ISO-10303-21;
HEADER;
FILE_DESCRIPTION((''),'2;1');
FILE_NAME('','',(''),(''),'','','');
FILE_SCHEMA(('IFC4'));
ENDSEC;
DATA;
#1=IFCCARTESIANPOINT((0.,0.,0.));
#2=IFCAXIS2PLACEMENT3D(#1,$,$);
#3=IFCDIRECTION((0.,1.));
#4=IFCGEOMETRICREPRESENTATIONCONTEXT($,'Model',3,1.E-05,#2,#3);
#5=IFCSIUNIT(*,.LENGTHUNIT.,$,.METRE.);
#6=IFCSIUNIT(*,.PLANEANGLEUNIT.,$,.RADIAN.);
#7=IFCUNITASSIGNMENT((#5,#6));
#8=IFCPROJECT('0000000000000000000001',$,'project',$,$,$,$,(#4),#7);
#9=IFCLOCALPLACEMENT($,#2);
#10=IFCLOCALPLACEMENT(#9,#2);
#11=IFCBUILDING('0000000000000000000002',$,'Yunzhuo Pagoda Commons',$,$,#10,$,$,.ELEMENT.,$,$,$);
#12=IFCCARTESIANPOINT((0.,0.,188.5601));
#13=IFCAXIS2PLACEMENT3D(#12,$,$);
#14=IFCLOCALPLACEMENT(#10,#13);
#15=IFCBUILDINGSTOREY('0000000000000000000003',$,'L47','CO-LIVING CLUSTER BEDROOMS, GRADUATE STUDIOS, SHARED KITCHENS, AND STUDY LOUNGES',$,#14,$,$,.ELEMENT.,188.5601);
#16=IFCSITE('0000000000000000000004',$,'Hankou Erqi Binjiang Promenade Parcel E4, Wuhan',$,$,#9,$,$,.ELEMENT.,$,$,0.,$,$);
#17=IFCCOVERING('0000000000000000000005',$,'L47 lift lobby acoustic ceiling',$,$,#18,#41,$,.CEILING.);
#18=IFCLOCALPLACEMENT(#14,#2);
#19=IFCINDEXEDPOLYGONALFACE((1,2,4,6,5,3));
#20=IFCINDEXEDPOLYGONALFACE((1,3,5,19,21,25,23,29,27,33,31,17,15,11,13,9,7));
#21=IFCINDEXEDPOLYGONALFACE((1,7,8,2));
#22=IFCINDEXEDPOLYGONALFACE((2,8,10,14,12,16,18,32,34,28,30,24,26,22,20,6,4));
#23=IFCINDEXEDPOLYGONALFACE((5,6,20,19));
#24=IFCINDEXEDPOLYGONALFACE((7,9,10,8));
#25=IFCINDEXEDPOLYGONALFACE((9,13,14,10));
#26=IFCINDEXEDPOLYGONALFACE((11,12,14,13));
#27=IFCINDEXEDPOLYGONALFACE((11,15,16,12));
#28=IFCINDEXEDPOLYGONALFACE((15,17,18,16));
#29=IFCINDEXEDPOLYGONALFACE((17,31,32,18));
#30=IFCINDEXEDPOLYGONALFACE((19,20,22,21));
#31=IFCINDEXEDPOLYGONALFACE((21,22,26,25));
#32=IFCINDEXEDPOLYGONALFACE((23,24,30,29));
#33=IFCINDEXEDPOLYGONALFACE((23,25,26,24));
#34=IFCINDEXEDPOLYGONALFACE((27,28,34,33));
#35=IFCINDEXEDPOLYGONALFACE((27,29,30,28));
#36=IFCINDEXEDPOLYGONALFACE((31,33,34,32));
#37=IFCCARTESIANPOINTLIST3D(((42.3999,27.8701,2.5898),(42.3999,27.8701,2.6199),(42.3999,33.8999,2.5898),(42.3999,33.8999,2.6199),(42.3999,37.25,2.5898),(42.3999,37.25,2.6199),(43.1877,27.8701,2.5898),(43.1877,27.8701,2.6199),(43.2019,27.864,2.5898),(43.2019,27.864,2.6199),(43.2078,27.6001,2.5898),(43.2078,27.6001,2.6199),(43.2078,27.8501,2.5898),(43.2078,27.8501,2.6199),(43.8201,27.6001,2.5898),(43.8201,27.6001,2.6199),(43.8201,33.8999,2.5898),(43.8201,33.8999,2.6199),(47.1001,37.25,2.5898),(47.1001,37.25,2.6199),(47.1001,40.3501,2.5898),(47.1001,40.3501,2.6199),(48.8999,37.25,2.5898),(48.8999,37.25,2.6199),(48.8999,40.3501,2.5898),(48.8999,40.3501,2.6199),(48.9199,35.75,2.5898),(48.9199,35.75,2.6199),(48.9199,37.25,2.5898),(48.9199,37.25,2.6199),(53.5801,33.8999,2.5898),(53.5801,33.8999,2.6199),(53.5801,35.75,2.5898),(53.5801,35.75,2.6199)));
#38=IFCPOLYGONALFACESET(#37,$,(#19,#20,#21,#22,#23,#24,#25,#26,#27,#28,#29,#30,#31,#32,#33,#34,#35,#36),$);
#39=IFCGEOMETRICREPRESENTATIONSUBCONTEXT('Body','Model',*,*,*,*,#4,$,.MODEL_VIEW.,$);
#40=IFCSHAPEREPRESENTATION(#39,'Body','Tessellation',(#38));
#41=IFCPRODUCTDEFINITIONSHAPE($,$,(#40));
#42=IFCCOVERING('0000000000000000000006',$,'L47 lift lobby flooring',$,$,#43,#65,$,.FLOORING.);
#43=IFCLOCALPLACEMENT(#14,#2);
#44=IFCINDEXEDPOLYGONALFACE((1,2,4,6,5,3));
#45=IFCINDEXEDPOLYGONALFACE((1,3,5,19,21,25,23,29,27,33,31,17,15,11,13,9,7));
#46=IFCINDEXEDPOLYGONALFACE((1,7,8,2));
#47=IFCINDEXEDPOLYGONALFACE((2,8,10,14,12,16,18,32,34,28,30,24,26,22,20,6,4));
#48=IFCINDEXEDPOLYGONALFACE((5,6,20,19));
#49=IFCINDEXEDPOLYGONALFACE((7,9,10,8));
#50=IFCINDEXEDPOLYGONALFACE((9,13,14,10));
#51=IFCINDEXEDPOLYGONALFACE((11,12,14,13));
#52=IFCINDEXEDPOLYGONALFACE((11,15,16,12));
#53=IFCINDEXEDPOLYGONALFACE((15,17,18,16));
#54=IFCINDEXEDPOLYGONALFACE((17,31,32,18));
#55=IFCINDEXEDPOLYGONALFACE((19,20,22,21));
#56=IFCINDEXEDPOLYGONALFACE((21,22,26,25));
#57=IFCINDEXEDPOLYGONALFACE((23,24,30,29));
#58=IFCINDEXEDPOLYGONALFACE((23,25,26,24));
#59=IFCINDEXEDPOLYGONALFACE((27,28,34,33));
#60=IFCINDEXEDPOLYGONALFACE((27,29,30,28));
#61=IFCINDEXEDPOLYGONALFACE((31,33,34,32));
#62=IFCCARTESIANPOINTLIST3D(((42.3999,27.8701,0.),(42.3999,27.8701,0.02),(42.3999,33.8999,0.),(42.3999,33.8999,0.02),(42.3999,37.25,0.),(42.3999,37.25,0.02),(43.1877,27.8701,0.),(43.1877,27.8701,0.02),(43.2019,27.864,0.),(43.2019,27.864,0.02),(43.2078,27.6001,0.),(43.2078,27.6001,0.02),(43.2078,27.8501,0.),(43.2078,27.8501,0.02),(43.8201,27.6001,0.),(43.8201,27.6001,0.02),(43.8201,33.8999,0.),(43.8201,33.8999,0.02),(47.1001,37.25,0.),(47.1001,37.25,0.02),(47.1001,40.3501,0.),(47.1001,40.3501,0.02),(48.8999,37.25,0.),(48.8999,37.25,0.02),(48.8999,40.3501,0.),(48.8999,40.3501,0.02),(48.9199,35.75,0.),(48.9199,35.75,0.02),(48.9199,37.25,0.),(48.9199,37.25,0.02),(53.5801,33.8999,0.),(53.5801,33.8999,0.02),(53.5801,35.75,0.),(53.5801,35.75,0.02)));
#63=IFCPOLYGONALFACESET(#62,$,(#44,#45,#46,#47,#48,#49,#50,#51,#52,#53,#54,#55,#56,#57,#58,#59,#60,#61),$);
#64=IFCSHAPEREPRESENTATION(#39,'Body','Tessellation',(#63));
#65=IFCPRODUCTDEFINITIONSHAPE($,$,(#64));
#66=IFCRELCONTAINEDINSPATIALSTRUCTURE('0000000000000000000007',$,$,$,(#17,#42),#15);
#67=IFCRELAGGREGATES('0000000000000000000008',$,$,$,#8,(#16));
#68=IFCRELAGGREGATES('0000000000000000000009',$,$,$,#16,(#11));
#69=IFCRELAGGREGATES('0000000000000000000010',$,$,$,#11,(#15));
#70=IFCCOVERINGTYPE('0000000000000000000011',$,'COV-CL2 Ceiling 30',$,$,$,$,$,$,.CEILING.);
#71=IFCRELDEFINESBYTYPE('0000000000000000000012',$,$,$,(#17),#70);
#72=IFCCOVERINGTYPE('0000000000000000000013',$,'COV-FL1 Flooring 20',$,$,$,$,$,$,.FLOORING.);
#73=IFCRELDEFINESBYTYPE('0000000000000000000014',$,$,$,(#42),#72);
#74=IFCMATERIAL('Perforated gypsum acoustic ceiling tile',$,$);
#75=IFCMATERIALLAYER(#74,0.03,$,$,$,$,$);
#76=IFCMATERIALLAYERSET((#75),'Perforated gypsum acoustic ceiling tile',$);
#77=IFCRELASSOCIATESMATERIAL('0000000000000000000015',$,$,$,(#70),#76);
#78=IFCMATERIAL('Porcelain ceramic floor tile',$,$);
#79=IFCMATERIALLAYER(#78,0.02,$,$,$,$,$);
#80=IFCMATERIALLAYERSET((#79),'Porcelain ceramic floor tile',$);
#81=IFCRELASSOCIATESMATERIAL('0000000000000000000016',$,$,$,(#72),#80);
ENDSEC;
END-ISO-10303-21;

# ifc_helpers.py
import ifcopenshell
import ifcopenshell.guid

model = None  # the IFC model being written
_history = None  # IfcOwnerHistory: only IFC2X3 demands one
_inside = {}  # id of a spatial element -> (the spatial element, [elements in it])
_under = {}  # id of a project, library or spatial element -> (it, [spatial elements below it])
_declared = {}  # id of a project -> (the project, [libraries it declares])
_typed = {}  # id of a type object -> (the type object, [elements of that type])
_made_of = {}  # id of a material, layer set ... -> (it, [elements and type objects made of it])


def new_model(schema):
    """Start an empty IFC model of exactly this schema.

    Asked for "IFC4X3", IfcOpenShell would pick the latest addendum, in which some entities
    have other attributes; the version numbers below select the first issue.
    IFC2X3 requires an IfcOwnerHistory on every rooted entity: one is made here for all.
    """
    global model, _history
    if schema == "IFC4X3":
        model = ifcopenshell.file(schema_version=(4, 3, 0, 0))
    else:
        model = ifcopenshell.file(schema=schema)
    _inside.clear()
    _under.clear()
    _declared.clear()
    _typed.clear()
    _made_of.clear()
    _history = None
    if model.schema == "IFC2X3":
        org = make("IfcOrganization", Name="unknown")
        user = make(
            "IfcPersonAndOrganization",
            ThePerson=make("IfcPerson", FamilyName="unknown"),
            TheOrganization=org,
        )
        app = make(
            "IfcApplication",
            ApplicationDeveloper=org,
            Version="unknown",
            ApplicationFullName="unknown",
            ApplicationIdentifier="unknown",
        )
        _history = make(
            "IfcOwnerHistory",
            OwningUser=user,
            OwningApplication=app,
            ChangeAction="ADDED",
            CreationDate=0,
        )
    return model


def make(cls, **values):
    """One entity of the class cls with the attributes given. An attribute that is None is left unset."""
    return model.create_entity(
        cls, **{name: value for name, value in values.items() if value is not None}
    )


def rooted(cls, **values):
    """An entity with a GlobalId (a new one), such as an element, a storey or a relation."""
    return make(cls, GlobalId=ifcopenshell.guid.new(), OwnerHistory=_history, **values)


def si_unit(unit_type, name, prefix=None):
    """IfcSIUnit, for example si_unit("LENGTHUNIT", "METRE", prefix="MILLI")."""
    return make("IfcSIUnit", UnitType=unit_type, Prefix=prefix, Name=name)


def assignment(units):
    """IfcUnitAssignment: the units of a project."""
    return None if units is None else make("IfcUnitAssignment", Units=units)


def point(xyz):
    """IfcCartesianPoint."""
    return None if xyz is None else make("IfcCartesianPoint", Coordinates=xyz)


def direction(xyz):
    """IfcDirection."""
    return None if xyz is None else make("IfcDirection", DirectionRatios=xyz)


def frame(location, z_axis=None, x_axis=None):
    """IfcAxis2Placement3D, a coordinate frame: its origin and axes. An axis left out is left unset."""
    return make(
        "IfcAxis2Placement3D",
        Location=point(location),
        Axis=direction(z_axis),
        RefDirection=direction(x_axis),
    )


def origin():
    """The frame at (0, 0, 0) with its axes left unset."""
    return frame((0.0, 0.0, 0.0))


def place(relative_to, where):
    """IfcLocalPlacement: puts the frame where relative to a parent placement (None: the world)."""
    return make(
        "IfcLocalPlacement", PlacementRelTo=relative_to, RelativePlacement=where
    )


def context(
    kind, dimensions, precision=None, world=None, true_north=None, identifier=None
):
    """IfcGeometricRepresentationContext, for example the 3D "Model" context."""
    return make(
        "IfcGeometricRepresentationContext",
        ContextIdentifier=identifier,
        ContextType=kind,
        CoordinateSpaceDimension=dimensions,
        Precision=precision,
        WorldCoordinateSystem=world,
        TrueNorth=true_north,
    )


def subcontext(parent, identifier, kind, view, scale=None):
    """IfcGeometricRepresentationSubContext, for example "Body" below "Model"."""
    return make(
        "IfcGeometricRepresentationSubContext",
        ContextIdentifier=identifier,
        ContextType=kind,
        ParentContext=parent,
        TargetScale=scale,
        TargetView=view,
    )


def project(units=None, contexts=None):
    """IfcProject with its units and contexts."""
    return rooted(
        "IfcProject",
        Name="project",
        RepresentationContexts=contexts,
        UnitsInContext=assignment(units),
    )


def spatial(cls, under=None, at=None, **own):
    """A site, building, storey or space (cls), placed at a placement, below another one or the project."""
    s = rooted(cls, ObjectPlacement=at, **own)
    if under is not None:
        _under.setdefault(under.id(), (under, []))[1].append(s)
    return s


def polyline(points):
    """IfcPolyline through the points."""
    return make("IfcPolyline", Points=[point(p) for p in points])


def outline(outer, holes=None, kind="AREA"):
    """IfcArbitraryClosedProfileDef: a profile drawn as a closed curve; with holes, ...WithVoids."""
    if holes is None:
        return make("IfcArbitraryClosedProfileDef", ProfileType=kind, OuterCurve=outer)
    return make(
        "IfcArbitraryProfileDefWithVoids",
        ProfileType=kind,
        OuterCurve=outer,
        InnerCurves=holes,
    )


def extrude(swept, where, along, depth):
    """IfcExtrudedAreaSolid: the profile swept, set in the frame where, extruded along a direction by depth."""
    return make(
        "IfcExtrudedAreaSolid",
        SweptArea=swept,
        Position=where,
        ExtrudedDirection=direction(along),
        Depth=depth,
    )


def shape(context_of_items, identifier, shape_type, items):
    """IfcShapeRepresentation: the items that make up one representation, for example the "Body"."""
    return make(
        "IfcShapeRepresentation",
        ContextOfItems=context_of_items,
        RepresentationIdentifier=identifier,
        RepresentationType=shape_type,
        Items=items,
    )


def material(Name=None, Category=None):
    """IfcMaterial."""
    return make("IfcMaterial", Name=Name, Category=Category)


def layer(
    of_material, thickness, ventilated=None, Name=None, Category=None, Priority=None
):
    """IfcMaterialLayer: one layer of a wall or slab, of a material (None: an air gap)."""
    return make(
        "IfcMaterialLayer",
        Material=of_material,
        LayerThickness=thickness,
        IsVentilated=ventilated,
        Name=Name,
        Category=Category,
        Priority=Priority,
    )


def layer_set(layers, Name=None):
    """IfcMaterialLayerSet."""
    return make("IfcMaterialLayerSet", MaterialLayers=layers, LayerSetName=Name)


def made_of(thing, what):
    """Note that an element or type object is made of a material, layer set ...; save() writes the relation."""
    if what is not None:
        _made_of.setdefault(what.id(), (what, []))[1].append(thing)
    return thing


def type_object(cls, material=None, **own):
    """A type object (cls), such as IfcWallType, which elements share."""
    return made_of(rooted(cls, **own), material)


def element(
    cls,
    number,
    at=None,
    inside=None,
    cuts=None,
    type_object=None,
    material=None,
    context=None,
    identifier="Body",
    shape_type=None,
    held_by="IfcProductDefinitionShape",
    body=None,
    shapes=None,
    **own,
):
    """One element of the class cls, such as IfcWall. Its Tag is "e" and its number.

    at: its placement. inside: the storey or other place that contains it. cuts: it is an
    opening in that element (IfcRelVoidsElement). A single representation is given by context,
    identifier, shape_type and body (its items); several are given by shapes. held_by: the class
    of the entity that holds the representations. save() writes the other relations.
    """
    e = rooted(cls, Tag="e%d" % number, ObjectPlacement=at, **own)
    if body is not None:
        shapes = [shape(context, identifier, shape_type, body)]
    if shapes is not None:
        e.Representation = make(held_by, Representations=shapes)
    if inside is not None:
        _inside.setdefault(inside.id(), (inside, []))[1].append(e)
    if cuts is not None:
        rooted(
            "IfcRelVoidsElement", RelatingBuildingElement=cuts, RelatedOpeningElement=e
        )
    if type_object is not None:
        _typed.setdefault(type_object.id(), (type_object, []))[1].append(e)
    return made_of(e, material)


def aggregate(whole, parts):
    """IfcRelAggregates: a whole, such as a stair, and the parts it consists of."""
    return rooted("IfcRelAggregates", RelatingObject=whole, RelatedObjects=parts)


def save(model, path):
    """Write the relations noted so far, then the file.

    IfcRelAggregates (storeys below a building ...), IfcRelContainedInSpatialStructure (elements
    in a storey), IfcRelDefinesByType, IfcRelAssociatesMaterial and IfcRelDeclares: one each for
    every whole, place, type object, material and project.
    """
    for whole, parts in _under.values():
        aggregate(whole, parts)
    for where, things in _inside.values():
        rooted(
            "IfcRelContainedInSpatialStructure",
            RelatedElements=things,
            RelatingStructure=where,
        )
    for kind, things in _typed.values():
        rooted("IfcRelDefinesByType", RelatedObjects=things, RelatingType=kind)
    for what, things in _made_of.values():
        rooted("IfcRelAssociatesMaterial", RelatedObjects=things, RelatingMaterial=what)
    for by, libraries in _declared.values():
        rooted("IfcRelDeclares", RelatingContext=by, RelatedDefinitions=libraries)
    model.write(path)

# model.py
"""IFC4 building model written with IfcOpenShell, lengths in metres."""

from ifc_helpers import new_model, si_unit, direction, frame, origin, place, context, subcontext, project, spatial, polyline, outline, extrude, material, layer, layer_set, type_object, element, save


model = new_model("IFC4")

# Units and contexts
model_context = context("Model", 3, precision=1e-05, world=origin(), true_north=direction((0.0, 1.0)))
body_context = subcontext(model_context, "Body", "Model", "MODEL_VIEW")
ifc_project = project(units=[si_unit("LENGTHUNIT", "METRE"), si_unit("PLANEANGLEUNIT", "RADIAN")], contexts=[model_context])

# Site, building, storey
site_placement = place(None, origin())
site = spatial("IfcSite", under=ifc_project, at=site_placement, Name="Hankou Erqi Binjiang Promenade Parcel E4, Wuhan", CompositionType="ELEMENT", RefElevation=0.0)
building_placement = place(site_placement, origin())
building = spatial("IfcBuilding", under=site, at=building_placement, Name="Yunzhuo Pagoda Commons", CompositionType="ELEMENT")
storey_placement = place(building_placement, frame((0.0, 0.0, 188.5601)))
storey = spatial("IfcBuildingStorey", under=building, at=storey_placement, Name="L47", Description="CO-LIVING CLUSTER BEDROOMS, GRADUATE STUDIOS, SHARED KITCHENS, AND STUDY LOUNGES", CompositionType="ELEMENT", Elevation=188.5601)

# Coverings
ifc_material_1 = material(Name="Perforated gypsum acoustic ceiling tile")
ifc_layer_1 = layer(ifc_material_1, 0.03)
ifc_layer_set_1 = layer_set([ifc_layer_1], Name="Perforated gypsum acoustic ceiling tile")
covering_type_1 = type_object("IfcCoveringType", Name="COV-CL2 Ceiling 30", PredefinedType="CEILING", material=ifc_layer_set_1)
covering_1_placement = place(storey_placement, frame((0.0, 0.0, 2.5898)))
element("IfcCovering", 1, at=covering_1_placement, inside=storey, type_object=covering_type_1, Name="L47 lift lobby acoustic ceiling", PredefinedType="CEILING", context=body_context, shape_type="SweptSolid", body=[
    extrude(outline(polyline([(42.3999, 37.25), (47.1001, 37.25), (47.1001, 40.3501), (48.8999, 40.3501), (48.8999, 37.25), (48.9199, 37.25), (48.9199, 35.75), (53.5801, 35.75), (53.5801, 33.8999), (43.8201, 33.8999), (43.8201, 27.6001), (43.2078, 27.6001), (43.2078, 27.8501), (43.2019, 27.864), (43.1877, 27.8701), (42.3999, 27.8701), (42.3999, 33.8999), (42.3999, 37.25)])), origin(), (0.0, 0.0, 1.0), 0.03),
])
ifc_material_2 = material(Name="Porcelain ceramic floor tile")
ifc_layer_2 = layer(ifc_material_2, 0.02)
ifc_layer_set_2 = layer_set([ifc_layer_2], Name="Porcelain ceramic floor tile")
covering_type_2 = type_object("IfcCoveringType", Name="COV-FL1 Flooring 20", PredefinedType="FLOORING", material=ifc_layer_set_2)
covering_2_placement = place(storey_placement, origin())
element("IfcCovering", 2, at=covering_2_placement, inside=storey, type_object=covering_type_2, Name="L47 lift lobby flooring", PredefinedType="FLOORING", context=body_context, shape_type="SweptSolid", body=[
    extrude(outline(polyline([(42.3999, 37.25), (47.1001, 37.25), (47.1001, 40.3501), (48.8999, 40.3501), (48.8999, 37.25), (48.9199, 37.25), (48.9199, 35.75), (53.5801, 35.75), (53.5801, 33.8999), (43.8201, 33.8999), (43.8201, 27.6001), (43.2078, 27.6001), (43.2078, 27.8501), (43.2019, 27.864), (43.1877, 27.8701), (42.3999, 27.8701), (42.3999, 33.8999), (42.3999, 37.25)])), origin(), (0.0, 0.0, 1.0), 0.02),
])

save(model, "model.ifc")
